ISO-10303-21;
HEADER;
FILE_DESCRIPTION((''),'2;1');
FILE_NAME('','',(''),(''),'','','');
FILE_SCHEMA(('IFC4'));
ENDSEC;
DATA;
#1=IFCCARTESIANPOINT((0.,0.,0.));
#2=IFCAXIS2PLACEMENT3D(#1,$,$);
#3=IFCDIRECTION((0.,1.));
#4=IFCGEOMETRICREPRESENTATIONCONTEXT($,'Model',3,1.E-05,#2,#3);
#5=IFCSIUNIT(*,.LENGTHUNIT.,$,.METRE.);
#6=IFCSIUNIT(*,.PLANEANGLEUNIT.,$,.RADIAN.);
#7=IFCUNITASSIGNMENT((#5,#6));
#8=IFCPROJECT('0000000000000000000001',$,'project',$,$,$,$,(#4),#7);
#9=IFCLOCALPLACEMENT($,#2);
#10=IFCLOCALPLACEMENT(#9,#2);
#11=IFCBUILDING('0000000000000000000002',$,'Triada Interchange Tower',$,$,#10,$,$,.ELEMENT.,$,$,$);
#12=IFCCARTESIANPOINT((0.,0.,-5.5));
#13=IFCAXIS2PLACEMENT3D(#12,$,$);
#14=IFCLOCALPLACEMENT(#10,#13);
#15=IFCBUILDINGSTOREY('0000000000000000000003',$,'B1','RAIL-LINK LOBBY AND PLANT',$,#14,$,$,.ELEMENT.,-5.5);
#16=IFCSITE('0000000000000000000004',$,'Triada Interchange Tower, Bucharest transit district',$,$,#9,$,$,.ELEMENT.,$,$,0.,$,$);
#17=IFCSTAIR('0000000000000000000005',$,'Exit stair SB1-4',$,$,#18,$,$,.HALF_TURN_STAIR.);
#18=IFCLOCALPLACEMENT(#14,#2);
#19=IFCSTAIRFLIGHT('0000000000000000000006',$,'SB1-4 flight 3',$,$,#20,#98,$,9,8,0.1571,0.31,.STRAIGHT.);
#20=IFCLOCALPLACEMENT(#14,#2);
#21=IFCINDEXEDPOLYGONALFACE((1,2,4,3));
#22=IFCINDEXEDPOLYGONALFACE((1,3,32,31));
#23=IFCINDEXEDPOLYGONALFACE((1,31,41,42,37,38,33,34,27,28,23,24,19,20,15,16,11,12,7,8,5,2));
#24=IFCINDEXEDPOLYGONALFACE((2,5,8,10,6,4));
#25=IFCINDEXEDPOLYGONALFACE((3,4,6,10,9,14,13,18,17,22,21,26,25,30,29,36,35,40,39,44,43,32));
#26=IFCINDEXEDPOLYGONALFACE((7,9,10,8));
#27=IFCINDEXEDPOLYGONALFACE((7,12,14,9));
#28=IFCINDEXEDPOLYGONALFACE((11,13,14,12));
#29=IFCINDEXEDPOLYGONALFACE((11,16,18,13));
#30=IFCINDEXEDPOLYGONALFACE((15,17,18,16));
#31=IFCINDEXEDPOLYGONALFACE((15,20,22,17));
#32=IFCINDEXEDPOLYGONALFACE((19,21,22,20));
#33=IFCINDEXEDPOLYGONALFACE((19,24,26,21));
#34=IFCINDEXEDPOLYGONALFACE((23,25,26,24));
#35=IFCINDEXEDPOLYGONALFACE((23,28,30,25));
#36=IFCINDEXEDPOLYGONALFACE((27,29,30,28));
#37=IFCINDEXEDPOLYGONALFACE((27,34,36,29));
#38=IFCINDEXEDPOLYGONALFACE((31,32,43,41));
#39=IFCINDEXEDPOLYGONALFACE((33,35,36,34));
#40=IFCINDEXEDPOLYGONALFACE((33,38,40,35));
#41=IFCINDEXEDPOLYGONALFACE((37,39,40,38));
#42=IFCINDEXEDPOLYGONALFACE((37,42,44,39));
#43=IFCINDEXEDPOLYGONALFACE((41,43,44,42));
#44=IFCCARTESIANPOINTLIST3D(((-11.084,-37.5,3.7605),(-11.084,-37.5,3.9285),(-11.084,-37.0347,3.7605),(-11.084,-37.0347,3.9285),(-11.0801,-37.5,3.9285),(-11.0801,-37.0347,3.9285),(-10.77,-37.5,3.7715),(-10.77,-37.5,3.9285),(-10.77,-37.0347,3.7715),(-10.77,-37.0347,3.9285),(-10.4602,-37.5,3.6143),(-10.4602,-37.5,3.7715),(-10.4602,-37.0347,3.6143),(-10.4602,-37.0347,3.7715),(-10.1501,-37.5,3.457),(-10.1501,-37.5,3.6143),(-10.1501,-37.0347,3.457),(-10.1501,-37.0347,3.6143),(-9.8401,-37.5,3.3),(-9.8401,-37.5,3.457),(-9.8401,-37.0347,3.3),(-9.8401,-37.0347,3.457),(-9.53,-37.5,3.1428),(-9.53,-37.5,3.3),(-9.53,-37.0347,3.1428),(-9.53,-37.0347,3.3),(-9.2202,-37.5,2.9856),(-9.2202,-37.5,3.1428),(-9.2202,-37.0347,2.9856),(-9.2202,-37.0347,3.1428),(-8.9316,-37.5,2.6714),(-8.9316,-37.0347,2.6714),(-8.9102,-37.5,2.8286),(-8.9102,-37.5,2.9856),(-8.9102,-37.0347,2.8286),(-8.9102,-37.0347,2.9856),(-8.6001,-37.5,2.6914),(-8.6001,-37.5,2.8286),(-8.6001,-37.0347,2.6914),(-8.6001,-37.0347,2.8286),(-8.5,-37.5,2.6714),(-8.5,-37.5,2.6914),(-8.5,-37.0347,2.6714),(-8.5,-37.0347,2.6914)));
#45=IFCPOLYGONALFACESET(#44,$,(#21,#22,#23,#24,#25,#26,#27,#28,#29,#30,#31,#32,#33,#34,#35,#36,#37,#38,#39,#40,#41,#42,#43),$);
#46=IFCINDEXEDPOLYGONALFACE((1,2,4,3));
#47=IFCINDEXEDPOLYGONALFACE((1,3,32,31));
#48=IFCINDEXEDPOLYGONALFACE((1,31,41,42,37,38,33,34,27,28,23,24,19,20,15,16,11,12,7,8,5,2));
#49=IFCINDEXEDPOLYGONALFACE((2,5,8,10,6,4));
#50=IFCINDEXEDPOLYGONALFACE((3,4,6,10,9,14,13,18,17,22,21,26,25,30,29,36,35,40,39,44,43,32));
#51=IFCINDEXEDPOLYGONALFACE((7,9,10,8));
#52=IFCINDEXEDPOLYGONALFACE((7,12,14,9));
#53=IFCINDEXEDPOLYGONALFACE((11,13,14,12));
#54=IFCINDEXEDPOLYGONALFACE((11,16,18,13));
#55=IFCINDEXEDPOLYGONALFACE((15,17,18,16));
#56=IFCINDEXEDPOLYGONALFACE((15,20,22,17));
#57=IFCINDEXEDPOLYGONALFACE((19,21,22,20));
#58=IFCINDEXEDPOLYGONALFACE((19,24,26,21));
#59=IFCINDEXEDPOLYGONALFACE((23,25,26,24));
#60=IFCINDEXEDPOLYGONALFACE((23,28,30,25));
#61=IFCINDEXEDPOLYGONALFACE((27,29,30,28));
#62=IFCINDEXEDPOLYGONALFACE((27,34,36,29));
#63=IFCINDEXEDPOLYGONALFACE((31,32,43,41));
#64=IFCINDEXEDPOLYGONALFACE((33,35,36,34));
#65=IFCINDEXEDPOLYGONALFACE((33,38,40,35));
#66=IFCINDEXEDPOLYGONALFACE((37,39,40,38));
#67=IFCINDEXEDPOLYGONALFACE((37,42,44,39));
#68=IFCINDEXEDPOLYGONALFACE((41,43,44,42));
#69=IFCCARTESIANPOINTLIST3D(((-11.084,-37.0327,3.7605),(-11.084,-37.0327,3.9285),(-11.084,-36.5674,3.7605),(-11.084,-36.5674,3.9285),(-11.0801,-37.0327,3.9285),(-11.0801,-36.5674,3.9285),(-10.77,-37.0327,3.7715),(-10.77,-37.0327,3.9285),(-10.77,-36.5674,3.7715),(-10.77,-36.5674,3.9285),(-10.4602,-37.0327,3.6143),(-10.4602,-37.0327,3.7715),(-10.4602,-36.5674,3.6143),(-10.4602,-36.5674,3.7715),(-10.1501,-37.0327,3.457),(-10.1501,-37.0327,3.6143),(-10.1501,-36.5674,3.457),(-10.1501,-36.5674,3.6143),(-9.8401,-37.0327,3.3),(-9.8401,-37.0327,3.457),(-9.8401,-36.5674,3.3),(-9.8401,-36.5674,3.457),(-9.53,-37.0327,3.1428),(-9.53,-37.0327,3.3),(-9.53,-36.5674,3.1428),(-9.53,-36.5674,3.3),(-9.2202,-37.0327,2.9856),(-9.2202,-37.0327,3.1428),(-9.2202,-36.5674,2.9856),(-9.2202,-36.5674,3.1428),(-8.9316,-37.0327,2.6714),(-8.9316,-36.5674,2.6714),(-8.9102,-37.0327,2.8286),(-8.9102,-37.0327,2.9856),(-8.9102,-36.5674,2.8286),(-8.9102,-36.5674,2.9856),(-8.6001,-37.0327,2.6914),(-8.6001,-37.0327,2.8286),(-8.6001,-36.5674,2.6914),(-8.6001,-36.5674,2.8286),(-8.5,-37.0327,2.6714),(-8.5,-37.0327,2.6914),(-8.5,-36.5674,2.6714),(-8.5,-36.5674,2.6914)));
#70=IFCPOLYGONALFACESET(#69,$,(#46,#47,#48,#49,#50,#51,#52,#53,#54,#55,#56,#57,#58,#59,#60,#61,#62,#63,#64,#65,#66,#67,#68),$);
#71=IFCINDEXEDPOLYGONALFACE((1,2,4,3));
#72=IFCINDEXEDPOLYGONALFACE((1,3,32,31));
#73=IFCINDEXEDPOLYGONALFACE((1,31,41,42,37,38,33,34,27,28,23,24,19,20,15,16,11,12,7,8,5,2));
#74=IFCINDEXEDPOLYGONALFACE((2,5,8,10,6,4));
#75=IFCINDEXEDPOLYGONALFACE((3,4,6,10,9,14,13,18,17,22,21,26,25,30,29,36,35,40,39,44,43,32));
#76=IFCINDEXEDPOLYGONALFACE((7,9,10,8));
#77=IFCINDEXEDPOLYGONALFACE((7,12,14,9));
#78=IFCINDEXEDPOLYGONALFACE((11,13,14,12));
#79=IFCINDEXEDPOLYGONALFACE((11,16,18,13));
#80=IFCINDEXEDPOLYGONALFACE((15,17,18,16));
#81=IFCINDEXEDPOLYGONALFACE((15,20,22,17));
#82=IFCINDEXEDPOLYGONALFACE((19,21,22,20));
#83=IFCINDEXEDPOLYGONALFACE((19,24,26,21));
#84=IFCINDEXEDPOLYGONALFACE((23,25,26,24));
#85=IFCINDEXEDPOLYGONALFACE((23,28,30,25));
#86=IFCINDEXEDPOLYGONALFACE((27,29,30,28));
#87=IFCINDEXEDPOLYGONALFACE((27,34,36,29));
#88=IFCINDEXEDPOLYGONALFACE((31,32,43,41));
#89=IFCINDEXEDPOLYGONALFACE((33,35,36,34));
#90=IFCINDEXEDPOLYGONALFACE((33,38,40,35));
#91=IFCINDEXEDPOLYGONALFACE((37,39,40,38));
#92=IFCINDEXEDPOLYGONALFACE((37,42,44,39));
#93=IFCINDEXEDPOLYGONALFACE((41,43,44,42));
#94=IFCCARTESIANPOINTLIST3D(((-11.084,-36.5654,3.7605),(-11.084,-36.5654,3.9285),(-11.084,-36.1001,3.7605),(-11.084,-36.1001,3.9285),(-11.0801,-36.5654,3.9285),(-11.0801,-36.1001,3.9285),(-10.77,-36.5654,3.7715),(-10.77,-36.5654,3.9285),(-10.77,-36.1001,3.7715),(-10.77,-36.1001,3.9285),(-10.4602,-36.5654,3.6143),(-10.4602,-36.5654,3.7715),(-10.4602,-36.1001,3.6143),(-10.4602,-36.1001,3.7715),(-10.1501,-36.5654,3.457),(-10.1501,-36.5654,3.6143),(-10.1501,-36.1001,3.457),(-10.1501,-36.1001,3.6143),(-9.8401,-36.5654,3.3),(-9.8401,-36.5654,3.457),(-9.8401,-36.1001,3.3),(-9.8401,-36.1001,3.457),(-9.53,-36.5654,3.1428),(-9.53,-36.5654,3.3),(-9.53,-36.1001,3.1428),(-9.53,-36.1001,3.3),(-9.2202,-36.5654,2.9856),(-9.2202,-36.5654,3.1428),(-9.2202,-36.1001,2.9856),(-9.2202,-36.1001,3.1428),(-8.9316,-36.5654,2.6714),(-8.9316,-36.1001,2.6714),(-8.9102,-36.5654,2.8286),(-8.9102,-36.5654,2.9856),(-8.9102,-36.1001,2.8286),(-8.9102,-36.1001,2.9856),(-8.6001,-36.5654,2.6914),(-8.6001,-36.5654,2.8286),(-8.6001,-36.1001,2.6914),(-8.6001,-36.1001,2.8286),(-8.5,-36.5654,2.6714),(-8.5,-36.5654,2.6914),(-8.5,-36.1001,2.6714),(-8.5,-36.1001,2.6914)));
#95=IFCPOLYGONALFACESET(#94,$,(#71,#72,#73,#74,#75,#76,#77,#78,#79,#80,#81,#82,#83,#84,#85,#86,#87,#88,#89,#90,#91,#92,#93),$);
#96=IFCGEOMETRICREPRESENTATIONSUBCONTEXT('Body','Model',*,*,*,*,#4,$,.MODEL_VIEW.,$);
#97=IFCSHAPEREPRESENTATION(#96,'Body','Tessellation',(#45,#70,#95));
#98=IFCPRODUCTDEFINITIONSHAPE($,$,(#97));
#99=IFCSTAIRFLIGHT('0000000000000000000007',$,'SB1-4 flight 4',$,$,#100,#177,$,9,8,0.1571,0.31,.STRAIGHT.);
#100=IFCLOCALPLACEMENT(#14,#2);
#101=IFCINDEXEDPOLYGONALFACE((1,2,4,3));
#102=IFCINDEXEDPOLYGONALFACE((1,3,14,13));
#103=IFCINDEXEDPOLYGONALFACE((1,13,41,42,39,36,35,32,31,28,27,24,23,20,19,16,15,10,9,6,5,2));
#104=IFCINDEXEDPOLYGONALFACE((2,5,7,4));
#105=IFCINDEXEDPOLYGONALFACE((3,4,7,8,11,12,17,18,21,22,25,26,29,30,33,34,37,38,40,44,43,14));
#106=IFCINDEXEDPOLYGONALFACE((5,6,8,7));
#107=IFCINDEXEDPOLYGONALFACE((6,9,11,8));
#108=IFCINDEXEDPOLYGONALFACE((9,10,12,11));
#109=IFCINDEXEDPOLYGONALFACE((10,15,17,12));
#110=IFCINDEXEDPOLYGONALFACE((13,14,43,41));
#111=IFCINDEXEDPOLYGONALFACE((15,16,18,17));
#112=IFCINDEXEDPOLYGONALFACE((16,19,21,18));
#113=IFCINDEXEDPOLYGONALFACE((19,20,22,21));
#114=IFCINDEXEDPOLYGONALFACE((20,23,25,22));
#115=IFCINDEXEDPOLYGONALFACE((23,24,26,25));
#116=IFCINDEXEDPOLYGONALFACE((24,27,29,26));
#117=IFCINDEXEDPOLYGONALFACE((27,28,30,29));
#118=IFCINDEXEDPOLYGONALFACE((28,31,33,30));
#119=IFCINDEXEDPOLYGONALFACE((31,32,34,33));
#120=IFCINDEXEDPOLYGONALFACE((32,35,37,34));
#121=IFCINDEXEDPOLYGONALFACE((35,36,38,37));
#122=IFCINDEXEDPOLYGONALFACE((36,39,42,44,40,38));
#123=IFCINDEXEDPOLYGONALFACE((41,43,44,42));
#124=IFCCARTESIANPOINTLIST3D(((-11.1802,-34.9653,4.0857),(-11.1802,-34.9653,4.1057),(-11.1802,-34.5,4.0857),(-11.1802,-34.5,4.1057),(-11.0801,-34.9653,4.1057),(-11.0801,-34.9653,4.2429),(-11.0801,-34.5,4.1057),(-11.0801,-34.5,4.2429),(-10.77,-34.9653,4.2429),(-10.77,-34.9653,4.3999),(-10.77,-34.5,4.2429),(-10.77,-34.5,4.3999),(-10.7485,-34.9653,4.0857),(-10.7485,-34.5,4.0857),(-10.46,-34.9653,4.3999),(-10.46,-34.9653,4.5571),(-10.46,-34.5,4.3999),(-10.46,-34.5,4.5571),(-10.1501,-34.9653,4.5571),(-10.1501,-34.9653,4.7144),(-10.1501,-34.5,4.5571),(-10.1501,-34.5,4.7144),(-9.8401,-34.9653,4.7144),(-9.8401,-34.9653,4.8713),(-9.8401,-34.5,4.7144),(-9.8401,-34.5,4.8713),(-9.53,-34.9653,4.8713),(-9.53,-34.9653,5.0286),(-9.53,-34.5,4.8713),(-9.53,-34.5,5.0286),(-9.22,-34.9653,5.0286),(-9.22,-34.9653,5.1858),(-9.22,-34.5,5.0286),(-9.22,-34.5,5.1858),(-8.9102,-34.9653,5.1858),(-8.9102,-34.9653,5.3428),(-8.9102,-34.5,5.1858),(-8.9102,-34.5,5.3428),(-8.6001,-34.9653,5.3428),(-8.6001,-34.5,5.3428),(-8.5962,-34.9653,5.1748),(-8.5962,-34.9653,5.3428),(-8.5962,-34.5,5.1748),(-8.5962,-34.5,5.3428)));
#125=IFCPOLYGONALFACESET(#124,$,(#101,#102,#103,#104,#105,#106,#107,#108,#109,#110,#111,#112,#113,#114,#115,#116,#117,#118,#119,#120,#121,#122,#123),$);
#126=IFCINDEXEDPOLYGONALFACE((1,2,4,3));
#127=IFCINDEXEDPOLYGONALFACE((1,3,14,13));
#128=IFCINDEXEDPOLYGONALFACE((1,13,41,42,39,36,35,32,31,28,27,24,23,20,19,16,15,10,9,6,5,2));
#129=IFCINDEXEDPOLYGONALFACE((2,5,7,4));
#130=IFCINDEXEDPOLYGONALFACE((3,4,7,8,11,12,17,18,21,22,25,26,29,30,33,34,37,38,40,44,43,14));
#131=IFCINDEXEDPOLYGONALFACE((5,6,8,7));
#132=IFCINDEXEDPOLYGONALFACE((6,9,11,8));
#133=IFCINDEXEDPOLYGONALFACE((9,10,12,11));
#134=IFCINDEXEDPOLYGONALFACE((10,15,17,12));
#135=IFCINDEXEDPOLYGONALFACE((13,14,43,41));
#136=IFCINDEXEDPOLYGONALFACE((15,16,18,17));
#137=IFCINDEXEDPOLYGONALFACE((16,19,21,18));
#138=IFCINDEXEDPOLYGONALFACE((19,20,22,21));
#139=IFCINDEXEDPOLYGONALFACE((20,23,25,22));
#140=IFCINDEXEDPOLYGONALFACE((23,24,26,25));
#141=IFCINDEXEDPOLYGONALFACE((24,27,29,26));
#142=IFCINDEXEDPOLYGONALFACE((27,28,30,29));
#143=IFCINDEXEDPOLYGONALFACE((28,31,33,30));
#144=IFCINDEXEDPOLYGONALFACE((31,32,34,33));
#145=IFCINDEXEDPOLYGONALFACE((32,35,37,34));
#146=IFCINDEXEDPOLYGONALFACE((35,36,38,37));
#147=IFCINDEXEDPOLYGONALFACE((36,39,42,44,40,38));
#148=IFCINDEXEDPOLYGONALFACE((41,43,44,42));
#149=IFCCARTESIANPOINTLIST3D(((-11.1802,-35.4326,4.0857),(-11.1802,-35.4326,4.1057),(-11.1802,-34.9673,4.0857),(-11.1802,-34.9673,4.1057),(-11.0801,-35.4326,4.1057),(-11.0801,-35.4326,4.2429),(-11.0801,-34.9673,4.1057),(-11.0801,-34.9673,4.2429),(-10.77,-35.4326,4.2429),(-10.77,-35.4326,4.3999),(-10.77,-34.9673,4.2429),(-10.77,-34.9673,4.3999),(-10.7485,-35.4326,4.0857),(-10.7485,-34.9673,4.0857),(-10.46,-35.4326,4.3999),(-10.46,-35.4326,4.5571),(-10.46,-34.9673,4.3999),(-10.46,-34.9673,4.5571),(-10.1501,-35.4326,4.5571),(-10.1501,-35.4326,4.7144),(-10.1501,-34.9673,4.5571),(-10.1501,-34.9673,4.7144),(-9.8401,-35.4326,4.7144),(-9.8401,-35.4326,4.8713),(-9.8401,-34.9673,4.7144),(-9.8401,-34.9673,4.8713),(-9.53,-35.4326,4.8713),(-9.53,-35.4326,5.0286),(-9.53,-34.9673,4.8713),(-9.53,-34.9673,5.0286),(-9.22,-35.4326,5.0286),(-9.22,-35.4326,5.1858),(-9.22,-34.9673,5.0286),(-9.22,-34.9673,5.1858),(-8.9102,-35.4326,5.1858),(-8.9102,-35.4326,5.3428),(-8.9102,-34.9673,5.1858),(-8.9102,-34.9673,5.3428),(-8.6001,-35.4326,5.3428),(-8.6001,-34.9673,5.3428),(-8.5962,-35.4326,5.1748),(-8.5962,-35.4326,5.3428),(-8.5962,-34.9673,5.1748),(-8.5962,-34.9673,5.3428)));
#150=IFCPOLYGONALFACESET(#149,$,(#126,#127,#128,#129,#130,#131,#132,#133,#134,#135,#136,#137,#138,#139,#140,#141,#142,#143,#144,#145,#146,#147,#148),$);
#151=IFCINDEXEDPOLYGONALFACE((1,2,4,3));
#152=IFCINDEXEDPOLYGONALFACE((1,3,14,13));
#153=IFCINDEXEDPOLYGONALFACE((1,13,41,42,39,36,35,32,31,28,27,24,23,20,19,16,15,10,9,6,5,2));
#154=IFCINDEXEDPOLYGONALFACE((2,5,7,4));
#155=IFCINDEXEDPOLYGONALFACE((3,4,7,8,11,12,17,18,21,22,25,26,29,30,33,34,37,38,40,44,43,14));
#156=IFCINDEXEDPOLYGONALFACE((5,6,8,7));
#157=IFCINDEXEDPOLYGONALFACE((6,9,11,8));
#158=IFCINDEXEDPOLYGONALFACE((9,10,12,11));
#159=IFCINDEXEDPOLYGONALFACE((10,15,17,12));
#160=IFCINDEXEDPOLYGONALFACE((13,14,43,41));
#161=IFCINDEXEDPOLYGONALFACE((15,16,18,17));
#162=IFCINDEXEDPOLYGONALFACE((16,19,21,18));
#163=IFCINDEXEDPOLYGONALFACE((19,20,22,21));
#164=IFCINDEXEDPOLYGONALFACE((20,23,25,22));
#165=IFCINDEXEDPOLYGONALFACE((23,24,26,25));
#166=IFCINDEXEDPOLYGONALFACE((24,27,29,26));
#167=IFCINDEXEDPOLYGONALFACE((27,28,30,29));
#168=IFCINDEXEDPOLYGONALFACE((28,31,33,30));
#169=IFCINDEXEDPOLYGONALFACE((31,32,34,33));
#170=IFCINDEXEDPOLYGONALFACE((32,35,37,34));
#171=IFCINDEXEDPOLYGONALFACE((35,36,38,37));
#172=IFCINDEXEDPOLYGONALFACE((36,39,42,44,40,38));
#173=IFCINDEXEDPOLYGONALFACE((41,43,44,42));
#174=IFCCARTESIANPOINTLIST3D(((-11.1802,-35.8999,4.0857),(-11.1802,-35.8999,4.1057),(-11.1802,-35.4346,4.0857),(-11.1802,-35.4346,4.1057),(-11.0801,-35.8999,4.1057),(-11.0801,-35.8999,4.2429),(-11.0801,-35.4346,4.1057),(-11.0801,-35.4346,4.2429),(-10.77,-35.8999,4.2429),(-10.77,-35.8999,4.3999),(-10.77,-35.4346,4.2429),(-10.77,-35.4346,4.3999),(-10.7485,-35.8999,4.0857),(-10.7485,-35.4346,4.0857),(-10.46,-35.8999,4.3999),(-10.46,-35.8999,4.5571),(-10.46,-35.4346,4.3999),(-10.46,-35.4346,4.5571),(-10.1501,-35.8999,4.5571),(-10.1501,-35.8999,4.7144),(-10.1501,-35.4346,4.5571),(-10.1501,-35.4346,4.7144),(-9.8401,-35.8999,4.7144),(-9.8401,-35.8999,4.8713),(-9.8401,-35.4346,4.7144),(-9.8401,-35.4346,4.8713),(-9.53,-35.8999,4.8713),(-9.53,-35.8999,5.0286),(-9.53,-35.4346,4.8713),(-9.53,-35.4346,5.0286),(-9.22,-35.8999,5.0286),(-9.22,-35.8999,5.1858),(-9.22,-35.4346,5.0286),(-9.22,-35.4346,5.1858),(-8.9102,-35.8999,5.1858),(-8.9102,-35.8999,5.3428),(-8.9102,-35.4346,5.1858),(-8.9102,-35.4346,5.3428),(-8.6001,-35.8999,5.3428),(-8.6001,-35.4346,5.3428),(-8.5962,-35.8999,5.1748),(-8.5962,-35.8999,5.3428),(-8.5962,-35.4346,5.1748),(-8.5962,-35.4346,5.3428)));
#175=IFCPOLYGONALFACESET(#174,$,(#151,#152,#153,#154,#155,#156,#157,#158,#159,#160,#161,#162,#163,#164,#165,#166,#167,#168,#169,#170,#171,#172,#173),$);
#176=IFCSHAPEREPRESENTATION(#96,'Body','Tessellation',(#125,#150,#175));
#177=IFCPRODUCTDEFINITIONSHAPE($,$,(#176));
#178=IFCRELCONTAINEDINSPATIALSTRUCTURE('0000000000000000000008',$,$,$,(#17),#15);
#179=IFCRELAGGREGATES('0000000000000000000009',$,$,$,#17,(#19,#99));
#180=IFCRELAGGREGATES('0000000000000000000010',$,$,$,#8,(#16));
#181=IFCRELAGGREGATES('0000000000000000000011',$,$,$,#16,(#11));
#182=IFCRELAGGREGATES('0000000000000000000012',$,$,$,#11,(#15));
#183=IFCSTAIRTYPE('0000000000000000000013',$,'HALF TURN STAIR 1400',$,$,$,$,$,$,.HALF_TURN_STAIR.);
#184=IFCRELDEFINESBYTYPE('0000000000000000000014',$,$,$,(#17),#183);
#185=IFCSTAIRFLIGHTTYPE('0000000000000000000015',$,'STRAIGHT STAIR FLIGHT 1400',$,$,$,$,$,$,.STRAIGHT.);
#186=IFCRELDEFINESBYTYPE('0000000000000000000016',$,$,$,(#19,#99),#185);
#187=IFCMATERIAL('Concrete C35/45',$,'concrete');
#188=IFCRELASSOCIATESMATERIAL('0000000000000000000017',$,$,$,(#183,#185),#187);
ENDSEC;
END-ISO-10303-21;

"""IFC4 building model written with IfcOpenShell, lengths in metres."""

from ifc_helpers import new_model, si_unit, direction, frame, origin, place, context, subcontext, project, spatial, polyline, outline, extrude, material, type_object, element, aggregate, save


model = new_model("IFC4")

# Units and contexts
model_context = context("Model", 3, precision=1e-05, world=origin(), true_north=direction((0.0, 1.0)))
body_context = subcontext(model_context, "Body", "Model", "MODEL_VIEW")
ifc_project = project(units=[si_unit("LENGTHUNIT", "METRE"), si_unit("PLANEANGLEUNIT", "RADIAN")], contexts=[model_context])

# Site, building, storey
site_placement = place(None, origin())
site = spatial("IfcSite", under=ifc_project, at=site_placement, Name="Triada Interchange Tower, Bucharest transit district", CompositionType="ELEMENT", RefElevation=0.0)
building_placement = place(site_placement, origin())
building = spatial("IfcBuilding", under=site, at=building_placement, Name="Triada Interchange Tower", CompositionType="ELEMENT")
storey_placement = place(building_placement, frame((0.0, 0.0, -5.5)))
storey = spatial("IfcBuildingStorey", under=building, at=storey_placement, Name="B1", Description="RAIL-LINK LOBBY AND PLANT", CompositionType="ELEMENT", Elevation=-5.5)

# Shared definitions
ifc_material_1 = material(Name="Concrete C35/45", Category="concrete")

# Stair, stair flights
stair_type = type_object("IfcStairType", Name="HALF TURN STAIR 1400", PredefinedType="HALF_TURN_STAIR", material=ifc_material_1)
stair_1_placement = place(storey_placement, origin())
stair_1 = element("IfcStair", 1, at=stair_1_placement, inside=storey, type_object=stair_type, Name="Exit stair SB1-4", PredefinedType="HALF_TURN_STAIR")
stair_flight_type = type_object("IfcStairFlightType", Name="STRAIGHT STAIR FLIGHT 1400", PredefinedType="STRAIGHT", material=ifc_material_1)
stair_flight_1_placement = place(storey_placement, frame((-8.6001, -36.8, 2.6714), z_axis=(0.0, 0.0, 1.0), x_axis=(-1.0, 0.0, 0.0)))
stair_flight_1 = element("IfcStairFlight", 2, at=stair_flight_1_placement, type_object=stair_flight_type, Name="SB1-4 flight 3", NumberOfRisers=9, NumberOfTreads=8, PredefinedType="STRAIGHT", RiserHeight=0.1571, TreadLength=0.31, context=body_context, shape_type="SweptSolid", body=[
    extrude(outline(polyline([(-0.1001, 0.0), (-0.1001, 0.02), (0.0, 0.02), (0.0, 0.1572), (0.3101, 0.1572), (0.3101, 0.3142), (0.6201, 0.3142), (0.6201, 0.4714), (0.9299, 0.4714), (0.9299, 0.6287), (1.24, 0.6287), (1.24, 0.7856), (1.55, 0.7856), (1.55, 0.9429), (1.8601, 0.9429), (1.8601, 1.1001), (2.1699, 1.1001), (2.1699, 1.2571), (2.48, 1.2571), (2.4839, 1.2571), (2.4839, 1.4143), (2.4839, 1.0891), (0.3315, 0.0), (-0.1001, 0.0)])), frame((0.0, 0.7, 0.0), z_axis=(0.0, -1.0, 0.0), x_axis=(1.0, 0.0, 0.0)), (0.0, 0.0, 1.0), 0.4653),
    extrude(outline(polyline([(-0.1001, 0.0), (-0.1001, 0.02), (0.0, 0.02), (0.0, 0.1572), (0.3101, 0.1572), (0.3101, 0.3142), (0.6201, 0.3142), (0.6201, 0.4714), (0.9299, 0.4714), (0.9299, 0.6287), (1.24, 0.6287), (1.24, 0.7856), (1.55, 0.7856), (1.55, 0.9429), (1.8601, 0.9429), (1.8601, 1.1001), (2.1699, 1.1001), (2.1699, 1.2571), (2.48, 1.2571), (2.4839, 1.2571), (2.4839, 1.4143), (2.4839, 1.0891), (0.3315, 0.0), (-0.1001, 0.0)])), frame((0.0, 0.2327, 0.0), z_axis=(0.0, -1.0, 0.0), x_axis=(1.0, 0.0, 0.0)), (0.0, 0.0, 1.0), 0.4653),
    extrude(outline(polyline([(-0.1001, 0.0), (-0.1001, 0.02), (0.0, 0.02), (0.0, 0.1572), (0.3101, 0.1572), (0.3101, 0.3142), (0.6201, 0.3142), (0.6201, 0.4714), (0.9299, 0.4714), (0.9299, 0.6287), (1.24, 0.6287), (1.24, 0.7856), (1.55, 0.7856), (1.55, 0.9429), (1.8601, 0.9429), (1.8601, 1.1001), (2.1699, 1.1001), (2.1699, 1.2571), (2.48, 1.2571), (2.4839, 1.2571), (2.4839, 1.4143), (2.4839, 1.0891), (0.3315, 0.0), (-0.1001, 0.0)])), frame((0.0, -0.2346, 0.0), z_axis=(0.0, -1.0, 0.0), x_axis=(1.0, 0.0, 0.0)), (0.0, 0.0, 1.0), 0.4653),
])
stair_flight_2_placement = place(storey_placement, frame((-11.0801, -35.2, 4.0857), z_axis=(0.0, 0.0, 1.0), x_axis=(1.0, 0.0, 0.0)))
stair_flight_2 = element("IfcStairFlight", 3, at=stair_flight_2_placement, type_object=stair_flight_type, Name="SB1-4 flight 4", NumberOfRisers=9, NumberOfTreads=8, PredefinedType="STRAIGHT", RiserHeight=0.1571, TreadLength=0.31, context=body_context, shape_type="SweptSolid", body=[
    extrude(outline(polyline([(-0.1001, 0.0), (-0.1001, 0.02), (0.0, 0.02), (0.0, 0.1572), (0.3101, 0.1572), (0.3101, 0.3142), (0.6201, 0.3142), (0.6201, 0.4714), (0.9299, 0.4714), (0.9299, 0.6287), (1.24, 0.6287), (1.24, 0.7856), (1.55, 0.7856), (1.55, 0.9429), (1.8601, 0.9429), (1.8601, 1.1001), (2.1699, 1.1001), (2.1699, 1.2571), (2.48, 1.2571), (2.4839, 1.2571), (2.4839, 1.4143), (2.4839, 1.0891), (0.3315, 0.0), (-0.1001, 0.0)])), frame((0.0, 0.7, 0.0), z_axis=(0.0, -1.0, 0.0), x_axis=(1.0, 0.0, 0.0)), (0.0, 0.0, 1.0), 0.4653),
    extrude(outline(polyline([(-0.1001, 0.0), (-0.1001, 0.02), (0.0, 0.02), (0.0, 0.1572), (0.3101, 0.1572), (0.3101, 0.3142), (0.6201, 0.3142), (0.6201, 0.4714), (0.9299, 0.4714), (0.9299, 0.6287), (1.24, 0.6287), (1.24, 0.7856), (1.55, 0.7856), (1.55, 0.9429), (1.8601, 0.9429), (1.8601, 1.1001), (2.1699, 1.1001), (2.1699, 1.2571), (2.48, 1.2571), (2.4839, 1.2571), (2.4839, 1.4143), (2.4839, 1.0891), (0.3315, 0.0), (-0.1001, 0.0)])), frame((0.0, 0.2327, 0.0), z_axis=(0.0, -1.0, 0.0), x_axis=(1.0, 0.0, 0.0)), (0.0, 0.0, 1.0), 0.4653),
    extrude(outline(polyline([(-0.1001, 0.0), (-0.1001, 0.02), (0.0, 0.02), (0.0, 0.1572), (0.3101, 0.1572), (0.3101, 0.3142), (0.6201, 0.3142), (0.6201, 0.4714), (0.9299, 0.4714), (0.9299, 0.6287), (1.24, 0.6287), (1.24, 0.7856), (1.55, 0.7856), (1.55, 0.9429), (1.8601, 0.9429), (1.8601, 1.1001), (2.1699, 1.1001), (2.1699, 1.2571), (2.48, 1.2571), (2.4839, 1.2571), (2.4839, 1.4143), (2.4839, 1.0891), (0.3315, 0.0), (-0.1001, 0.0)])), frame((0.0, -0.2346, 0.0), z_axis=(0.0, -1.0, 0.0), x_axis=(1.0, 0.0, 0.0)), (0.0, 0.0, 1.0), 0.4653),
])
aggregate(stair_1, [stair_flight_1, stair_flight_2])

save(model, "model.ifc")
